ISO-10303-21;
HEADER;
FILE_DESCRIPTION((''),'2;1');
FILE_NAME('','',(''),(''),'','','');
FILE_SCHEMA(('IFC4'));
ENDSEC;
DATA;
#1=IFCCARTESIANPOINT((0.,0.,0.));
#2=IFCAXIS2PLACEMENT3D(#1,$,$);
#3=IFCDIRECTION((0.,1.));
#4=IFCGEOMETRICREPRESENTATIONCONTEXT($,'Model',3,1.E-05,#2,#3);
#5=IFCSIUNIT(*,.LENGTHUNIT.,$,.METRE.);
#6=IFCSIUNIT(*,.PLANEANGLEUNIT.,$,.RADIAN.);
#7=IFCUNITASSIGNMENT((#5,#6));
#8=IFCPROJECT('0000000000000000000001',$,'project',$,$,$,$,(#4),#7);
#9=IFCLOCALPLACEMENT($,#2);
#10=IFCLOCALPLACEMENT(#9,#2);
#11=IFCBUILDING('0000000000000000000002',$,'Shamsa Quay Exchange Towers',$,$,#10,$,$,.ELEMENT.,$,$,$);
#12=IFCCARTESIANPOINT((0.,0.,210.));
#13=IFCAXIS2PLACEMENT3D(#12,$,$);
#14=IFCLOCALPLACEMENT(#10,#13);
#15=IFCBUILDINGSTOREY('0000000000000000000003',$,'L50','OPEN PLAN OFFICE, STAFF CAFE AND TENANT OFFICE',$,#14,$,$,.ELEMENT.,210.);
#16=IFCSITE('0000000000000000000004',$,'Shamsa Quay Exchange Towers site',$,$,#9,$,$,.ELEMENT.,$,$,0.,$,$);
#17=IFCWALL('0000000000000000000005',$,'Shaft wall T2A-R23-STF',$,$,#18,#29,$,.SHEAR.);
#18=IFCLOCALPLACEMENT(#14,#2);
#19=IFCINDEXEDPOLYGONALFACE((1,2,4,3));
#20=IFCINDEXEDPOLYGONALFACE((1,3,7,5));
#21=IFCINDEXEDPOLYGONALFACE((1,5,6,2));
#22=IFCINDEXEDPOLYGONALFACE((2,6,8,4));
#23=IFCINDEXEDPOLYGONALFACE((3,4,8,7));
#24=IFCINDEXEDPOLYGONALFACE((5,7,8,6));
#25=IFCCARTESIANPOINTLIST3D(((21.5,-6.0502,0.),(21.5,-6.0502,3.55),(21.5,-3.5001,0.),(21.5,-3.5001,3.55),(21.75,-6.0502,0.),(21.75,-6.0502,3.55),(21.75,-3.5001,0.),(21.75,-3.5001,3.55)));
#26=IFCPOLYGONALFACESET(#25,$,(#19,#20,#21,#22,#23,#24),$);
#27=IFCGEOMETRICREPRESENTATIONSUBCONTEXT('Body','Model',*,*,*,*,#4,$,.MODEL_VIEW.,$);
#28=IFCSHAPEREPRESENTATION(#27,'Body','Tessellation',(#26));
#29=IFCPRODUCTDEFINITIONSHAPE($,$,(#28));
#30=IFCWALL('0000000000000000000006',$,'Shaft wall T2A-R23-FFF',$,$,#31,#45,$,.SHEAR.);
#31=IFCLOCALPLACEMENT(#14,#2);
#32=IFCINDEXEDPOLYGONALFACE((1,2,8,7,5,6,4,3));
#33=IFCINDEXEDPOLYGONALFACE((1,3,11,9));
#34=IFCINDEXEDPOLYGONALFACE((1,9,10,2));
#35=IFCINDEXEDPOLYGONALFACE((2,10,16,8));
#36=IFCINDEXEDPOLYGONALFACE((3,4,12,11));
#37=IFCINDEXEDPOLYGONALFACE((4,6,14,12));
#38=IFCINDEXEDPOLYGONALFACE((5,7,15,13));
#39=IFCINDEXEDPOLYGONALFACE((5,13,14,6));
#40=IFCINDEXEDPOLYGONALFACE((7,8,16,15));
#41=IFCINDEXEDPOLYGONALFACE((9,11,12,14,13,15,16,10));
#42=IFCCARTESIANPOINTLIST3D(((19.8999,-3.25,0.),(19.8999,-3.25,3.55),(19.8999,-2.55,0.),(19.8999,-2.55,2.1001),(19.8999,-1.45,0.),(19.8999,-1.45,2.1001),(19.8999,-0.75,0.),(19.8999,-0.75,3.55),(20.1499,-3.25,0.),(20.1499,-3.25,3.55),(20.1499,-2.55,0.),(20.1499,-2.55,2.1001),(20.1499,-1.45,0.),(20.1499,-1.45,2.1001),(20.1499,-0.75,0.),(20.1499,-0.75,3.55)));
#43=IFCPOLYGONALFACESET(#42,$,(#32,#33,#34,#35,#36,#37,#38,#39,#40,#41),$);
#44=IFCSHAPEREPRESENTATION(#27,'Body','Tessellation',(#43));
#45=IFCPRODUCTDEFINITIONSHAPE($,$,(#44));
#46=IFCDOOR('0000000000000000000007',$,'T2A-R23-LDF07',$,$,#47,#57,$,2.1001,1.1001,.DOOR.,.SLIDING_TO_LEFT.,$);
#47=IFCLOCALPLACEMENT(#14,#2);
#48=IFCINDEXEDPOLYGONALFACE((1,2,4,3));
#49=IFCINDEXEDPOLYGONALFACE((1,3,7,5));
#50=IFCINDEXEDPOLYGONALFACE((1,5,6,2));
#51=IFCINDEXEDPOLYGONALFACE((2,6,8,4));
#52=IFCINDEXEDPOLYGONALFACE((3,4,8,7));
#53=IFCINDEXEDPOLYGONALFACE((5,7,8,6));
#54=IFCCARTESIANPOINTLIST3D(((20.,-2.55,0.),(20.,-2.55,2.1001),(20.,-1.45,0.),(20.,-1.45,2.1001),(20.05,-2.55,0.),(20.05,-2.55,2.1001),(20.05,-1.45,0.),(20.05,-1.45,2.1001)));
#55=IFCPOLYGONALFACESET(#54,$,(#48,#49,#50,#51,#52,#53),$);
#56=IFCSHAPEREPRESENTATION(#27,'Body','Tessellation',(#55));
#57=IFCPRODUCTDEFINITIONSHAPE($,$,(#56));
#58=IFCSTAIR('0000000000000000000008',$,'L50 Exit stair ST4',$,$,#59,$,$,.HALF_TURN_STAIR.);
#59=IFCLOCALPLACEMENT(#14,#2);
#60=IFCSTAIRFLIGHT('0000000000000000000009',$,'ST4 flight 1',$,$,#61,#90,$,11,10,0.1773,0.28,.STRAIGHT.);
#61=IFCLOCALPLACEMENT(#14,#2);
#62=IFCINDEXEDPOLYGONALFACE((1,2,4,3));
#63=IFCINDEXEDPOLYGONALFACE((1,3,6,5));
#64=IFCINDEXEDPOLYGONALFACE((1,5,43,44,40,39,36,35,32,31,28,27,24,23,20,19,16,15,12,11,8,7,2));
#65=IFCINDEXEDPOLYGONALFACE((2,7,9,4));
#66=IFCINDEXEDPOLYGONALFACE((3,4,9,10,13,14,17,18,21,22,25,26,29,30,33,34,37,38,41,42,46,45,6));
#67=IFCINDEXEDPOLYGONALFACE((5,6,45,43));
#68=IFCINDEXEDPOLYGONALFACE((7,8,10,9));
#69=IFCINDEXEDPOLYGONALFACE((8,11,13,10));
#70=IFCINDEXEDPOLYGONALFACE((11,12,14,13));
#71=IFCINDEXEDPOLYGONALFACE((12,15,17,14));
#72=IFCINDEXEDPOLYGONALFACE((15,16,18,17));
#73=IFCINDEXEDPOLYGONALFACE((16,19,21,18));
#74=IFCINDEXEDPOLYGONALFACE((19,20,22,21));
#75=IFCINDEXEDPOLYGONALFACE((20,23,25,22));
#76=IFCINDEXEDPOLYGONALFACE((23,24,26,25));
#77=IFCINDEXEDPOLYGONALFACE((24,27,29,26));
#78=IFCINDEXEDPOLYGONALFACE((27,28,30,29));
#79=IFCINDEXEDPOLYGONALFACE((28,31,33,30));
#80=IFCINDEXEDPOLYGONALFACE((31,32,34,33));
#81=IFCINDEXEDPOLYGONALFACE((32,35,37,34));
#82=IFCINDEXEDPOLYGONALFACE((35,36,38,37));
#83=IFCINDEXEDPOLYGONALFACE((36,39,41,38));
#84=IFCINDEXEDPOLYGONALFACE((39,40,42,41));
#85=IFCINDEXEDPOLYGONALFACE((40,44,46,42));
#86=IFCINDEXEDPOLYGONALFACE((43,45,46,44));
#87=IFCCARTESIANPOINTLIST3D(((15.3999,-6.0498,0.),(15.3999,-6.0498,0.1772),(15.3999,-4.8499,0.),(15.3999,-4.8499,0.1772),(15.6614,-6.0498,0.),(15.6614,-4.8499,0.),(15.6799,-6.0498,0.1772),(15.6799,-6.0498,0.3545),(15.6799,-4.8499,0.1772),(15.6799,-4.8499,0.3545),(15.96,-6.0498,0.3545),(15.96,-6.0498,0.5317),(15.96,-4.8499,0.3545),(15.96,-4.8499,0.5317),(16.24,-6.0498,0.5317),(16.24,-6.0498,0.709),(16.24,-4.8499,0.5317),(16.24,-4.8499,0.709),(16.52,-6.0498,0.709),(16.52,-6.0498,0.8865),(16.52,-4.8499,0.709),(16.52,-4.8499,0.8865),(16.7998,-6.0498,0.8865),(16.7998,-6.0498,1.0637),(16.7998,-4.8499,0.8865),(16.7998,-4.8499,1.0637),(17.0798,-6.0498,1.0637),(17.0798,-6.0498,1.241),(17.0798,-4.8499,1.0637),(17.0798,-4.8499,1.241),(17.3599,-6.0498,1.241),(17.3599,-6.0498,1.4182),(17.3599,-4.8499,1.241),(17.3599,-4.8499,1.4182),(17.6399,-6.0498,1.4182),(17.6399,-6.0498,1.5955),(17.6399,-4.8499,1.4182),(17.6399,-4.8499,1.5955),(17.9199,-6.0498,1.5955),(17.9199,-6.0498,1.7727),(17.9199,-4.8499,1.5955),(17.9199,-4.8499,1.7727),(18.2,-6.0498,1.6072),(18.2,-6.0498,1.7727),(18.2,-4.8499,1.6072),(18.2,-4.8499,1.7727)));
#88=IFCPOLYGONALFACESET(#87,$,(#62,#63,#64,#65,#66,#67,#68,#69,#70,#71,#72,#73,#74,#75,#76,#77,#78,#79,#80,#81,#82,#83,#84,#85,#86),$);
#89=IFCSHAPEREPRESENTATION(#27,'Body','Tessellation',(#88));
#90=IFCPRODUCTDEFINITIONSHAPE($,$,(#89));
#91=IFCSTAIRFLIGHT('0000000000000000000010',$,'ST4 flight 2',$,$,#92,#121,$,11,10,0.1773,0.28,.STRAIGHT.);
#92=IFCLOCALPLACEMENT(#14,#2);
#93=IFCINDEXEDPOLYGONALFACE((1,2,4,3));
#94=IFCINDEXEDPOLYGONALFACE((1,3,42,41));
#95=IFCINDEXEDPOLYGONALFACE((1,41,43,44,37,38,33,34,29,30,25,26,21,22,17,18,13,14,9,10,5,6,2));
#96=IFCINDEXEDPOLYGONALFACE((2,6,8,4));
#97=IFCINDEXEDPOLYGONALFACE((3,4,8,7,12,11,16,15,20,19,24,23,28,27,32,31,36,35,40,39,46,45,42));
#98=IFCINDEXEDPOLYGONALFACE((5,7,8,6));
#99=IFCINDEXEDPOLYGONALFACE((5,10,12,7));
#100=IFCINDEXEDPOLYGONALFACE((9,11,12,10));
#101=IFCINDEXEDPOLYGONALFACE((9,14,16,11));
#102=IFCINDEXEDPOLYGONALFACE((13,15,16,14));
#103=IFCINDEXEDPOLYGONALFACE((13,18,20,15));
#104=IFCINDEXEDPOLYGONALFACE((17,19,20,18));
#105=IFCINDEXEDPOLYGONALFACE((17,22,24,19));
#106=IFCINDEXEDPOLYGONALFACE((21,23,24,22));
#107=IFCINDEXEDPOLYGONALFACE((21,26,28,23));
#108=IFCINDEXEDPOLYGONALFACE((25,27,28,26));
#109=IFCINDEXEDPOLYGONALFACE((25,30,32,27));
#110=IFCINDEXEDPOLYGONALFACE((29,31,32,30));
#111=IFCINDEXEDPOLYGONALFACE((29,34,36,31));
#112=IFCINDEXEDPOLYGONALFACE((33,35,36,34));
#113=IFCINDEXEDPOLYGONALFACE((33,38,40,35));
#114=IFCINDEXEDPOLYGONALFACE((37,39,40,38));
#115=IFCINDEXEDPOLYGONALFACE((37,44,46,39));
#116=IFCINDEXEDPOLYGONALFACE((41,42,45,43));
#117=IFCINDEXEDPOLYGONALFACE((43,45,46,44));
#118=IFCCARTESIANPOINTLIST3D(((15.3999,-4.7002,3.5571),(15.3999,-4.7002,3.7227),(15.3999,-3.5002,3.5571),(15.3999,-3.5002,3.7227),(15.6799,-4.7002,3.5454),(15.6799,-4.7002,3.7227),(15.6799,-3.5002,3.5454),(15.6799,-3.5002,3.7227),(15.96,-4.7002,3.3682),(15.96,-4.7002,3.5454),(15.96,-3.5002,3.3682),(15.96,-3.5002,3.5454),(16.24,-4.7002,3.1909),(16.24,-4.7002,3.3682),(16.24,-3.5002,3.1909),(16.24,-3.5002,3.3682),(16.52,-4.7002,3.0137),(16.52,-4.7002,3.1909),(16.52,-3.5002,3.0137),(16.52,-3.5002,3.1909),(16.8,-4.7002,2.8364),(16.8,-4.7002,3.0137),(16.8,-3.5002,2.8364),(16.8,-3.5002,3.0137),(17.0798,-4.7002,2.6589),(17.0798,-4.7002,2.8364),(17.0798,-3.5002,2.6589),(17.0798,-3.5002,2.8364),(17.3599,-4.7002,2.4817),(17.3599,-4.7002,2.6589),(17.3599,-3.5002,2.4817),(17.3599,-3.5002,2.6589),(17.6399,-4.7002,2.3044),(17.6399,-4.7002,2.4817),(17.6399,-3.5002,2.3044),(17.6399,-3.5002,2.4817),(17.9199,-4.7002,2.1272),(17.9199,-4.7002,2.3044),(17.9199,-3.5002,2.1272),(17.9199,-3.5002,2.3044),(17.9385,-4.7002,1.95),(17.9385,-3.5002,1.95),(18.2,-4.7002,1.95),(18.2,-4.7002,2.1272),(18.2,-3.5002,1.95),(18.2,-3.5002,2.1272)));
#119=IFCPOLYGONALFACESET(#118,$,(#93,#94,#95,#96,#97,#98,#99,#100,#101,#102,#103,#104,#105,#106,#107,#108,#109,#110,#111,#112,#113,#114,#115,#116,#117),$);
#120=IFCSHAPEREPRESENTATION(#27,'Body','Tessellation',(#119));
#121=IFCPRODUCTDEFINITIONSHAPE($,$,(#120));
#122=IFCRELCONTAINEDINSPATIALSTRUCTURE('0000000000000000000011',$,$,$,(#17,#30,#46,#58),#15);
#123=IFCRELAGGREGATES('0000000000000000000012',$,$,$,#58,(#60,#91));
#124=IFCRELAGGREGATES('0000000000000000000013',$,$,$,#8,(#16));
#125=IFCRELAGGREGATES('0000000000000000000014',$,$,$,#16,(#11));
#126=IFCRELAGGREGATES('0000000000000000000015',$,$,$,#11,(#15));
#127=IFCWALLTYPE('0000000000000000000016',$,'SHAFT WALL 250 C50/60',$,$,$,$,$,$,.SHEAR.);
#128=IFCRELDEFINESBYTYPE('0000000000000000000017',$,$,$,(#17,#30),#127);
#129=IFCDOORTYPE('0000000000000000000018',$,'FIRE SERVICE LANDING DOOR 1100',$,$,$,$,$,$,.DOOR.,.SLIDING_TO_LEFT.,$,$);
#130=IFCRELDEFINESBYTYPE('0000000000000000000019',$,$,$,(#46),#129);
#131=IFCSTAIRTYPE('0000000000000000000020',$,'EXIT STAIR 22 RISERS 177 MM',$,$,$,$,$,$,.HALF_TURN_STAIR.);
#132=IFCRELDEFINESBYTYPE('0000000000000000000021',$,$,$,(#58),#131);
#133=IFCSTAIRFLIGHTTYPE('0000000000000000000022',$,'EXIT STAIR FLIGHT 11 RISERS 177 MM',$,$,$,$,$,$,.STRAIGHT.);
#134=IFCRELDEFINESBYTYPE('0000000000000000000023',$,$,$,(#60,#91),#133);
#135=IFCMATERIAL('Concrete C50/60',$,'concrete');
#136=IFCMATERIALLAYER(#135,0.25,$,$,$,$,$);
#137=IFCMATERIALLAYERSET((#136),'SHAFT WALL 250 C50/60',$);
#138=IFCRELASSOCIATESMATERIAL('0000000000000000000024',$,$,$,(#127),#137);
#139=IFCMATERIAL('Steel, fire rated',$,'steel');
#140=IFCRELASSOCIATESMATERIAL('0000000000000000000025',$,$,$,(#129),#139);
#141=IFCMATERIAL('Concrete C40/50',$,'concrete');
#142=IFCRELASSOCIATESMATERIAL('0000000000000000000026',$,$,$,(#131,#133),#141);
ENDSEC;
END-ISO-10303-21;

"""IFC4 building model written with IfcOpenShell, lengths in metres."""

from ifc_helpers import new_model, si_unit, direction, frame, frame_2d, origin, place, context, subcontext, project, spatial, polyline, rectangle, outline, extrude, material, layer, layer_set, type_object, element, fill, aggregate, save


model = new_model("IFC4")

# Units and contexts
model_context = context("Model", 3, precision=1e-05, world=origin(), true_north=direction((0.0, 1.0)))
body_context = subcontext(model_context, "Body", "Model", "MODEL_VIEW")
ifc_project = project(units=[si_unit("LENGTHUNIT", "METRE"), si_unit("PLANEANGLEUNIT", "RADIAN")], contexts=[model_context])

# Site, building, storey
site_placement = place(None, origin())
site = spatial("IfcSite", under=ifc_project, at=site_placement, Name="Shamsa Quay Exchange Towers site", CompositionType="ELEMENT", RefElevation=0.0)
building_placement = place(site_placement, origin())
building = spatial("IfcBuilding", under=site, at=building_placement, Name="Shamsa Quay Exchange Towers", CompositionType="ELEMENT")
storey_placement = place(building_placement, frame((0.0, 0.0, 210.0)))
storey = spatial("IfcBuildingStorey", under=building, at=storey_placement, Name="L50", Description="OPEN PLAN OFFICE, STAFF CAFE AND TENANT OFFICE", CompositionType="ELEMENT", Elevation=210.0)

# Shared definitions
ifc_material_1 = material(Name="Concrete C50/60", Category="concrete")

# Wall
ifc_layer_1 = layer(ifc_material_1, 0.25)
ifc_layer_set_1 = layer_set([ifc_layer_1], Name="SHAFT WALL 250 C50/60")
wall_type_1 = type_object("IfcWallType", Name="SHAFT WALL 250 C50/60", PredefinedType="SHEAR", material=ifc_layer_set_1)
wall_1_placement = place(storey_placement, frame((21.625, -6.05, 0.0), z_axis=(0.0, 0.0, 1.0), x_axis=(0.0, 1.0, 0.0)))
element("IfcWall", 1, at=wall_1_placement, inside=storey, type_object=wall_type_1, Name="Shaft wall T2A-R23-STF", PredefinedType="SHEAR", context=body_context, shape_type="SweptSolid", body=[
    extrude(rectangle(XDim=2.55, YDim=0.25, at=frame_2d((1.2749, 0.0))), origin(), (0.0, 0.0, 1.0), 3.55),
])

# Wall, opening, door
wall_2_placement = place(storey_placement, frame((20.0249, -3.25, 0.0), z_axis=(0.0, 0.0, 1.0), x_axis=(0.0, 1.0, 0.0)))
wall_2 = element("IfcWall", 2, at=wall_2_placement, inside=storey, type_object=wall_type_1, Name="Shaft wall T2A-R23-FFF", PredefinedType="SHEAR", context=body_context, shape_type="SweptSolid", body=[
    extrude(rectangle(XDim=2.5, YDim=0.25, at=frame_2d((1.25, 0.0))), origin(), (0.0, 0.0, 1.0), 3.55),
])
opening_placement = place(wall_2_placement, frame((0.7, 0.0, 0.0)))
opening = element("IfcOpeningElement", 3, at=opening_placement, cuts=wall_2, PredefinedType="OPENING", context=body_context, shape_type="SweptSolid", body=[
    extrude(rectangle(XDim=1.1001, YDim=2.1001, at=frame_2d((0.55, 1.05))), frame((0.0, 0.135, 0.0), z_axis=(0.0, -1.0, 0.0), x_axis=(1.0, 0.0, 0.0)), (0.0, 0.0, 1.0), 0.27),
])
ifc_material_2 = material(Name="Steel, fire rated", Category="steel")
door_type = type_object("IfcDoorType", Name="FIRE SERVICE LANDING DOOR 1100", OperationType="SLIDING_TO_LEFT", PredefinedType="DOOR", material=ifc_material_2)
door_placement = place(opening_placement, origin())
door = element("IfcDoor", 4, at=door_placement, inside=storey, type_object=door_type, Name="T2A-R23-LDF07", OperationType="SLIDING_TO_LEFT", OverallHeight=2.1001, OverallWidth=1.1001, PredefinedType="DOOR", context=body_context, shape_type="SweptSolid", body=[
    extrude(rectangle(XDim=1.1001, YDim=2.1001, at=frame_2d((0.55, 1.05))), frame((0.0, 0.0249, 0.0), z_axis=(0.0, -1.0, 0.0), x_axis=(1.0, 0.0, 0.0)), (0.0, 0.0, 1.0), 0.05),
])
fill(opening, door)

# Stair, stair flights
ifc_material_3 = material(Name="Concrete C40/50", Category="concrete")
stair_type = type_object("IfcStairType", Name="EXIT STAIR 22 RISERS 177 MM", PredefinedType="HALF_TURN_STAIR", material=ifc_material_3)
stair_placement = place(storey_placement, origin())
stair = element("IfcStair", 5, at=stair_placement, inside=storey, type_object=stair_type, Name="L50 Exit stair ST4", PredefinedType="HALF_TURN_STAIR")
stair_flight_type = type_object("IfcStairFlightType", Name="EXIT STAIR FLIGHT 11 RISERS 177 MM", PredefinedType="STRAIGHT", material=ifc_material_3)
stair_flight_1_placement = place(storey_placement, frame((15.3999, -5.45, 0.0)))
stair_flight_1 = element("IfcStairFlight", 6, at=stair_flight_1_placement, type_object=stair_flight_type, Name="ST4 flight 1", NumberOfRisers=11, NumberOfTreads=10, PredefinedType="STRAIGHT", RiserHeight=0.1773, TreadLength=0.28, context=body_context, shape_type="SweptSolid", body=[
    extrude(outline(polyline([(0.0, 0.0), (0.0, 0.1772), (0.28, 0.1772), (0.28, 0.3545), (0.5601, 0.3545), (0.5601, 0.5317), (0.8401, 0.5317), (0.8401, 0.709), (1.1201, 0.709), (1.1201, 0.8865), (1.3999, 0.8865), (1.3999, 1.0637), (1.6799, 1.0637), (1.6799, 1.241), (1.96, 1.241), (1.96, 1.4182), (2.24, 1.4182), (2.24, 1.5955), (2.52, 1.5955), (2.52, 1.7727), (2.8, 1.7727), (2.8, 1.95), (2.8, 1.6072), (0.2615, 0.0), (0.0, 0.0)])), frame((0.0, 0.6001, 0.0), z_axis=(0.0, -1.0, 0.0), x_axis=(1.0, 0.0, 0.0)), (0.0, 0.0, 1.0), 1.2),
])
stair_flight_2_placement = place(storey_placement, frame((18.2, -4.1001, 1.95), z_axis=(0.0, 0.0, 1.0), x_axis=(-1.0, 0.0, 0.0)))
stair_flight_2 = element("IfcStairFlight", 7, at=stair_flight_2_placement, type_object=stair_flight_type, Name="ST4 flight 2", NumberOfRisers=11, NumberOfTreads=10, PredefinedType="STRAIGHT", RiserHeight=0.1773, TreadLength=0.28, context=body_context, shape_type="SweptSolid", body=[
    extrude(outline(polyline([(0.0, 0.0), (0.0, 0.1772), (0.28, 0.1772), (0.28, 0.3545), (0.5601, 0.3545), (0.5601, 0.5317), (0.8401, 0.5317), (0.8401, 0.709), (1.1201, 0.709), (1.1201, 0.8865), (1.3999, 0.8865), (1.3999, 1.0637), (1.6799, 1.0637), (1.6799, 1.241), (1.96, 1.241), (1.96, 1.4182), (2.24, 1.4182), (2.24, 1.5955), (2.52, 1.5955), (2.52, 1.7727), (2.8, 1.7727), (2.8, 1.95), (2.8, 1.6072), (0.2615, 0.0), (0.0, 0.0)])), frame((0.0, 0.6001, 0.0), z_axis=(0.0, -1.0, 0.0), x_axis=(1.0, 0.0, 0.0)), (0.0, 0.0, 1.0), 1.2),
])
aggregate(stair, [stair_flight_1, stair_flight_2])

save(model, "model.ifc")
